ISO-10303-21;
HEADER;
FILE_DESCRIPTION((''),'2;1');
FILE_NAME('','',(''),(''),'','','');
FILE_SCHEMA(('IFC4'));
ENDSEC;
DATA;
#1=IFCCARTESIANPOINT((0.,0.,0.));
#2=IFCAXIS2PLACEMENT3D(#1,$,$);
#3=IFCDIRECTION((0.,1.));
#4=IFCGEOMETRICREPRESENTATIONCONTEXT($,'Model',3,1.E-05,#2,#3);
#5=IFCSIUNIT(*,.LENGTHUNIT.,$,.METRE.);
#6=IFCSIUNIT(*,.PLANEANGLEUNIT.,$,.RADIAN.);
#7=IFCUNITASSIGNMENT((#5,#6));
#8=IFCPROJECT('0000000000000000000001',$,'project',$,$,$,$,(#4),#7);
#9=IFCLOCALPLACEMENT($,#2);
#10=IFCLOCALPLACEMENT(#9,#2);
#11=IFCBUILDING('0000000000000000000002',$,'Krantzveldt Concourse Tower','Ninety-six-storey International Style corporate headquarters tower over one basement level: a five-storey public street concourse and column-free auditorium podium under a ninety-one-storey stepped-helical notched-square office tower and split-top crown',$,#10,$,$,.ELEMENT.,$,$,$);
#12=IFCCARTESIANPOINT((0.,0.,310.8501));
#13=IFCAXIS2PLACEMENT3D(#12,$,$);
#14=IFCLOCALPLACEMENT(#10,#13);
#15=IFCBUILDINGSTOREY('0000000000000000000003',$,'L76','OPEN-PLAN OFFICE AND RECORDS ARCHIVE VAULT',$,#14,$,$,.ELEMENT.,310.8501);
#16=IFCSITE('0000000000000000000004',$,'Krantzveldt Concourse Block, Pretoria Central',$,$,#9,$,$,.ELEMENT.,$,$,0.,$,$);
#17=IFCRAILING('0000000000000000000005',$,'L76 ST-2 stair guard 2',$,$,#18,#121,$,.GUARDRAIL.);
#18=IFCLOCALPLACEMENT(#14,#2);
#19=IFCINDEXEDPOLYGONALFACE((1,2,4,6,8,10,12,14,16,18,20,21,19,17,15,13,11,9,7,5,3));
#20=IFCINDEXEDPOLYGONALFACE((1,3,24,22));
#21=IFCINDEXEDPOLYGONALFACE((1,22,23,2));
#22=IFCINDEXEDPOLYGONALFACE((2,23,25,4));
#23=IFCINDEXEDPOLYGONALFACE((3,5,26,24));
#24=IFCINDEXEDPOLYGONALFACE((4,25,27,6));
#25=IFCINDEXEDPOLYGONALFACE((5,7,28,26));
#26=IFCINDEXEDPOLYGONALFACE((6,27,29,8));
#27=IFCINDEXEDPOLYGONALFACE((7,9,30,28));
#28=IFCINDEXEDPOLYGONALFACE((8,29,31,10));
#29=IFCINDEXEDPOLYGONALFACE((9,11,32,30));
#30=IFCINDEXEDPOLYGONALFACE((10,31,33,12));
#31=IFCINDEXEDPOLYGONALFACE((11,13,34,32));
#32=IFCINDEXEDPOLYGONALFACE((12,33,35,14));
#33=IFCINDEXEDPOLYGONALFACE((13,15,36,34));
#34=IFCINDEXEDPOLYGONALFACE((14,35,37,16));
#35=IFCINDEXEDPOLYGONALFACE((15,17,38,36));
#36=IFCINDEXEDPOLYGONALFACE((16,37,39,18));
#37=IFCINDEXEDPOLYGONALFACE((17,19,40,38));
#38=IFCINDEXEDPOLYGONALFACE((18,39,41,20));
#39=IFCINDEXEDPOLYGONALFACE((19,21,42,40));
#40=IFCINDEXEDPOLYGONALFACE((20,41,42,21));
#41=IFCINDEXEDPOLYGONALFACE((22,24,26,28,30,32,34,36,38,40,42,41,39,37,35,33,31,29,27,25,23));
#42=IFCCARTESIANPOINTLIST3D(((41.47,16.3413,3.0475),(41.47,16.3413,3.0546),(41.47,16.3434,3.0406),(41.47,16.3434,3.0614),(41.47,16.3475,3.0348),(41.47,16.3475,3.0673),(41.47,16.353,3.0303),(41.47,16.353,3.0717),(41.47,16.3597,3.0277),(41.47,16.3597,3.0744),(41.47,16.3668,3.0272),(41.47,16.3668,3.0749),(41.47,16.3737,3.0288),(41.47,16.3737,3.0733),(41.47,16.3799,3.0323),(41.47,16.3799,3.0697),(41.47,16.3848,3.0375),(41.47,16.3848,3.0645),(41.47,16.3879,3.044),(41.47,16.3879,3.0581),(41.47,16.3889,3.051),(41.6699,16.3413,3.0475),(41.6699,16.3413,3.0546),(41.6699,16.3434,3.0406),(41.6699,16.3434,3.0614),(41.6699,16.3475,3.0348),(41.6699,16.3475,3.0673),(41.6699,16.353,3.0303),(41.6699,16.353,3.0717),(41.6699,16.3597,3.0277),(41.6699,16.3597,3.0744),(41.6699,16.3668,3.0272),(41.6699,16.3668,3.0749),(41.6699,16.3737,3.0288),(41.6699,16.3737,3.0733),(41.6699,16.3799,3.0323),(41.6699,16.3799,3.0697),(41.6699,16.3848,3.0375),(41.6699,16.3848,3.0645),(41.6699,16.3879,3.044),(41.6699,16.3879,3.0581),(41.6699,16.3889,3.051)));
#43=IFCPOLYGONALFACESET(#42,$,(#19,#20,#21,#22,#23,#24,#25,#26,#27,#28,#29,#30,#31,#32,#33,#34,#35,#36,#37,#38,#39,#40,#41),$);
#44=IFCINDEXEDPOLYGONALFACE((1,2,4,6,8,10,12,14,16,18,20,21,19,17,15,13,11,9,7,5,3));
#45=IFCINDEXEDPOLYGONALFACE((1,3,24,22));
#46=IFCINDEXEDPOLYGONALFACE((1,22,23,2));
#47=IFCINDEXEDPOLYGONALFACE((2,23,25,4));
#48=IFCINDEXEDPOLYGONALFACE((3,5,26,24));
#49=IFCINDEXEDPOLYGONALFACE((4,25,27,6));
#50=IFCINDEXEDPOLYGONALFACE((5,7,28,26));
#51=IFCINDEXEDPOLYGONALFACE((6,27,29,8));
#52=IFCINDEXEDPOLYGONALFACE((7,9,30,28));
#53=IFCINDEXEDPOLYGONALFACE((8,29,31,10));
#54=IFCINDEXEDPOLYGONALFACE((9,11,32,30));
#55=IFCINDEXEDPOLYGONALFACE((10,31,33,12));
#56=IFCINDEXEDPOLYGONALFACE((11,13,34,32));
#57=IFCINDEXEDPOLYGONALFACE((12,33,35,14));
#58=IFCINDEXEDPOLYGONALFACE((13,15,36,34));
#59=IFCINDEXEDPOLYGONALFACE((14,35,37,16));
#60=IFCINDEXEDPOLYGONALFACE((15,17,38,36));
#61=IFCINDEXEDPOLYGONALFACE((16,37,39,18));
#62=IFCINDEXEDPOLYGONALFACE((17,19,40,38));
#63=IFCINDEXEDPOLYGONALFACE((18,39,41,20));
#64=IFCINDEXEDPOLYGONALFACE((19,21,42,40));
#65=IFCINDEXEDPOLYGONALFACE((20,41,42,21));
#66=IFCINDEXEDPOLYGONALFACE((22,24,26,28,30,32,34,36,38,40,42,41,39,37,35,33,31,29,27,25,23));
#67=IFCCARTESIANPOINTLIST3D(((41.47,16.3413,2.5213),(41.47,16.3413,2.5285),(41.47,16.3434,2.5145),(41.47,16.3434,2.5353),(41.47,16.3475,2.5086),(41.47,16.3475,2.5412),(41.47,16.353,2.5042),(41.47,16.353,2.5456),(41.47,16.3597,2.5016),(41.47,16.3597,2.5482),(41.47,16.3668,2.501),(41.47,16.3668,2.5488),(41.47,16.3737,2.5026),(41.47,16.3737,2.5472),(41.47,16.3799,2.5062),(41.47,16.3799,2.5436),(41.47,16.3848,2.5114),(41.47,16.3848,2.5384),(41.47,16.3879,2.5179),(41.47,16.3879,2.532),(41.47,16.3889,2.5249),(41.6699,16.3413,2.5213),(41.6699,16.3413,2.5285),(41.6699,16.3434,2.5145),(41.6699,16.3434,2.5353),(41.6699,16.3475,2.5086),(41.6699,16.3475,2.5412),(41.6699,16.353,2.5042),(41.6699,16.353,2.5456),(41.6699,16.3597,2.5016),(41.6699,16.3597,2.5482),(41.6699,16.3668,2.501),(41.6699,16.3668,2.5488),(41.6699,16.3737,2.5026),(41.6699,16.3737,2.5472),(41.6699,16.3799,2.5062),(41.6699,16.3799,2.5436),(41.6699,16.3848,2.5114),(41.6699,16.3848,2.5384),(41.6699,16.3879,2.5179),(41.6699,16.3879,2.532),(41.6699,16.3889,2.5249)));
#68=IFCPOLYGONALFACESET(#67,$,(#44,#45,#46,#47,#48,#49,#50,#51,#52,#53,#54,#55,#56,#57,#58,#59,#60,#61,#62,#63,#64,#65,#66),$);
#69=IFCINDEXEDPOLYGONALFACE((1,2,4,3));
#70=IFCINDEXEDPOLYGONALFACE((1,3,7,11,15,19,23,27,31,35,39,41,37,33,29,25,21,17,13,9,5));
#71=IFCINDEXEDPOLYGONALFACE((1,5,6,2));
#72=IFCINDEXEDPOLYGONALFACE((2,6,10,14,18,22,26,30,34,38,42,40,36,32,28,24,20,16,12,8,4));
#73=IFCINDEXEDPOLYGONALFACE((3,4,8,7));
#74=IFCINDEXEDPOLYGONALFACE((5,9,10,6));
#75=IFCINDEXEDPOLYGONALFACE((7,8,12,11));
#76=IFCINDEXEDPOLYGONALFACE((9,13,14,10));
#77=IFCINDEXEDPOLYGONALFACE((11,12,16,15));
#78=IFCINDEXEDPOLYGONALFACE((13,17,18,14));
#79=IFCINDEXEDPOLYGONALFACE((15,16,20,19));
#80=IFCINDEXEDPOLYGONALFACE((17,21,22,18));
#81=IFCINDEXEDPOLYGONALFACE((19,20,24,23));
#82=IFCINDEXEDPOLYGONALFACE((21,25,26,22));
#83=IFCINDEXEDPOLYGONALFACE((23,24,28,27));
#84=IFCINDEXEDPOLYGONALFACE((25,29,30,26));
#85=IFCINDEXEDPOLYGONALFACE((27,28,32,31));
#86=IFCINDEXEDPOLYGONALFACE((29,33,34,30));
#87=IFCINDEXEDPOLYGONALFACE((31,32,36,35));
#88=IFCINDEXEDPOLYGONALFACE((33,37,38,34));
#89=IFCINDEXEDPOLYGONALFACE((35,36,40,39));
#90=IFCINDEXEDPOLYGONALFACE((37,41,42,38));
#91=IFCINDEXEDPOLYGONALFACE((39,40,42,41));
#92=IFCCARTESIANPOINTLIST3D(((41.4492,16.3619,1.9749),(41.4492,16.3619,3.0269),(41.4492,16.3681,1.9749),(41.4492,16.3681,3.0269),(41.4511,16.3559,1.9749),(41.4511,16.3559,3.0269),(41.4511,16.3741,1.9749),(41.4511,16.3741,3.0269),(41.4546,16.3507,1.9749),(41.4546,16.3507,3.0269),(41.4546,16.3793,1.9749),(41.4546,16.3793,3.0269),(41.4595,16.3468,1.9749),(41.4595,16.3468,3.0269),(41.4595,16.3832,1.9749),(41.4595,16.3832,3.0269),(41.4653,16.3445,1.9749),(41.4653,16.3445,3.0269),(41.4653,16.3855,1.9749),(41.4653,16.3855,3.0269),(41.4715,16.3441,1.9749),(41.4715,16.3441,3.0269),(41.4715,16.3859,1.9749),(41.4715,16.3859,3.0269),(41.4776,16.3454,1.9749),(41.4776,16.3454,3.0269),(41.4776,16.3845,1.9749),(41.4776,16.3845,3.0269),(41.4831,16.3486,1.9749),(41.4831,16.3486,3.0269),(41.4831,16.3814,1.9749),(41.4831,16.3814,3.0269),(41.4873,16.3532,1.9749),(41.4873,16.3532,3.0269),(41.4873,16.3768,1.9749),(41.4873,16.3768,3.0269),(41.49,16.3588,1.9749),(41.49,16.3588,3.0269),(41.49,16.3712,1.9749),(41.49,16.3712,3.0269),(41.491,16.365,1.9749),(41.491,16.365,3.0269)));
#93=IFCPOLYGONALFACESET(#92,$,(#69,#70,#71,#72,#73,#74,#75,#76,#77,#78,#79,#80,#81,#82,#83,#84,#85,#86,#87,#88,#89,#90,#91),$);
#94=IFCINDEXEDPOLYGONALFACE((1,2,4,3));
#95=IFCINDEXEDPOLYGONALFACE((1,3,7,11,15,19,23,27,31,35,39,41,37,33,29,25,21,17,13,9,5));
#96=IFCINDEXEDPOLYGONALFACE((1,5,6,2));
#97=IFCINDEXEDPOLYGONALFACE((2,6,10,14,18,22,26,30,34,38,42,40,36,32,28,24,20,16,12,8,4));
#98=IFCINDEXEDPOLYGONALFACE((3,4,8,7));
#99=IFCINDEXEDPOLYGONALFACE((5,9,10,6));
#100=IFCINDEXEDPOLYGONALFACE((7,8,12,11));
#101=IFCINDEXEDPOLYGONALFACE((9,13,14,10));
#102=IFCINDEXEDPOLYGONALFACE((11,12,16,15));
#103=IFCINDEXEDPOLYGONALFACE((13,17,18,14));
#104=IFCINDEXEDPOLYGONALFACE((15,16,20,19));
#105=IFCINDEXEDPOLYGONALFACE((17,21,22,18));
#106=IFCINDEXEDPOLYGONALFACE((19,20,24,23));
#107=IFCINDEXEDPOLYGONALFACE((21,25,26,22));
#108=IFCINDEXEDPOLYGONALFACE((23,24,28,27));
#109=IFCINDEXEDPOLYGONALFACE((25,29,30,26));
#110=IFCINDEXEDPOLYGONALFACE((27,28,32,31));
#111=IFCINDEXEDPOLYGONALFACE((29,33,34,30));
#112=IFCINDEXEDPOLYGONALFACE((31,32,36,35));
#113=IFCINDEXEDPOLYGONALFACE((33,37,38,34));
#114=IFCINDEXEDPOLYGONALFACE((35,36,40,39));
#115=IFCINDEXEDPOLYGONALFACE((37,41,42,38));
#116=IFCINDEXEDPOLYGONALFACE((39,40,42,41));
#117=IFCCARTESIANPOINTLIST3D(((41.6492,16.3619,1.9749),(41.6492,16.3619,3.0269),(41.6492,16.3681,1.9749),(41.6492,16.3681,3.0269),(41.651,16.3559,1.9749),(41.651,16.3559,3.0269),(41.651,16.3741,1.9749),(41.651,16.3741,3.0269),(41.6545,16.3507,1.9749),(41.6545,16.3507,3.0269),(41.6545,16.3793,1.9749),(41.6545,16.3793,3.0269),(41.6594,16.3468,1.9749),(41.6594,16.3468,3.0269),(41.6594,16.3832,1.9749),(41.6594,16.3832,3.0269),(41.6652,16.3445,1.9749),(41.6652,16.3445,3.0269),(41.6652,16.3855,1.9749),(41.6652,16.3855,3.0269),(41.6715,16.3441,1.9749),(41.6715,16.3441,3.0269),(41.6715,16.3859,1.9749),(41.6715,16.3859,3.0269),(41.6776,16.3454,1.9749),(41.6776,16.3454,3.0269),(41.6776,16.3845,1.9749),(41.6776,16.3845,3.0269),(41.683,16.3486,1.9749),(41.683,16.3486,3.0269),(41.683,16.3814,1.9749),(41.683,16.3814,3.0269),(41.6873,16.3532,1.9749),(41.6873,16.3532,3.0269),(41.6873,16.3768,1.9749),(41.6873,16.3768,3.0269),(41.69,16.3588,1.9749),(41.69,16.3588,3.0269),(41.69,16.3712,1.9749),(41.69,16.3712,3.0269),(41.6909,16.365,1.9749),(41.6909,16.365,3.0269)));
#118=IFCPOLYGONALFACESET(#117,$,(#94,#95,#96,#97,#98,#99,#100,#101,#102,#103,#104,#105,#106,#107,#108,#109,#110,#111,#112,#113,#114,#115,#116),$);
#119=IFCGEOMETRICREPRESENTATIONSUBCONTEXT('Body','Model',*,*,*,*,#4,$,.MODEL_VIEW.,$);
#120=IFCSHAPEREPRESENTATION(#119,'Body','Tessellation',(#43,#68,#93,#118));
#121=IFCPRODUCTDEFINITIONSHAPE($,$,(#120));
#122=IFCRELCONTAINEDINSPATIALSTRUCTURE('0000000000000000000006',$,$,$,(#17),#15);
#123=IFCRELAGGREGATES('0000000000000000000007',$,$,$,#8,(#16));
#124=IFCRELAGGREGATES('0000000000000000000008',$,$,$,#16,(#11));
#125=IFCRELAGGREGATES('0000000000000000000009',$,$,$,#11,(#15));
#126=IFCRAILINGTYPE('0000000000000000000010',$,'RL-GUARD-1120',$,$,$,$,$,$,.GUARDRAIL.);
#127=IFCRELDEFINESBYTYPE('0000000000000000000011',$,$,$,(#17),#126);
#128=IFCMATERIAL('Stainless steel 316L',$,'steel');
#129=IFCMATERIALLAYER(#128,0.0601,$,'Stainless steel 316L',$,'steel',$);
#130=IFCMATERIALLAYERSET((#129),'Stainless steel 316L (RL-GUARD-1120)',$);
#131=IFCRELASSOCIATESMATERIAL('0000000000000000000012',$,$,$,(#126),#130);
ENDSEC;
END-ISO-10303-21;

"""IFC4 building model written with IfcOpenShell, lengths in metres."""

from ifc_helpers import new_model, si_unit, direction, frame, origin, origin_2d, place, context, subcontext, project, spatial, circle, extrude, material, layer, layer_set, type_object, element, save


model = new_model("IFC4")

# Units and contexts
model_context = context("Model", 3, precision=1e-05, world=origin(), true_north=direction((0.0, 1.0)))
body_context = subcontext(model_context, "Body", "Model", "MODEL_VIEW")
ifc_project = project(units=[si_unit("LENGTHUNIT", "METRE"), si_unit("PLANEANGLEUNIT", "RADIAN")], contexts=[model_context])

# Site, building, storey
site_placement = place(None, origin())
site = spatial("IfcSite", under=ifc_project, at=site_placement, Name="Krantzveldt Concourse Block, Pretoria Central", CompositionType="ELEMENT", RefElevation=0.0)
building_placement = place(site_placement, origin())
building = spatial("IfcBuilding", under=site, at=building_placement, Name="Krantzveldt Concourse Tower", Description="Ninety-six-storey International Style corporate headquarters tower over one basement level: a five-storey public street concourse and column-free auditorium podium under a ninety-one-storey stepped-helical notched-square office tower and split-top crown", CompositionType="ELEMENT")
storey_placement = place(building_placement, frame((0.0, 0.0, 310.8501)))
storey = spatial("IfcBuildingStorey", under=building, at=storey_placement, Name="L76", Description="OPEN-PLAN OFFICE AND RECORDS ARCHIVE VAULT", CompositionType="ELEMENT", Elevation=310.8501)

# Shared definitions
ifc_material_1 = material(Name="Stainless steel 316L", Category="steel")

# Railing
ifc_layer_1 = layer(ifc_material_1, 0.0601, Name="Stainless steel 316L", Category="steel")
ifc_layer_set_1 = layer_set([ifc_layer_1], Name="Stainless steel 316L (RL-GUARD-1120)")
railing_type_1 = type_object("IfcRailingType", Name="RL-GUARD-1120", PredefinedType="GUARDRAIL", material=ifc_layer_set_1)
railing_1_placement = place(storey_placement, frame((41.47, 16.365, 1.9749)))
element("IfcRailing", 1, at=railing_1_placement, inside=storey, type_object=railing_type_1, Name="L76 ST-2 stair guard 2", PredefinedType="GUARDRAIL", context=body_context, shape_type="SweptSolid", body=[
    extrude(circle(Radius=0.0239, at=origin_2d()), frame((0.0, 0.0, 1.0762), z_axis=(1.0, 0.0, 0.0), x_axis=(0.0, 1.0, 0.0)), (0.0, 0.0, 1.0), 0.2),
    extrude(circle(Radius=0.0239, at=origin_2d()), frame((0.0, 0.0, 0.55), z_axis=(1.0, 0.0, 0.0), x_axis=(0.0, 1.0, 0.0)), (0.0, 0.0, 1.0), 0.2),
    extrude(circle(Radius=0.021, at=origin_2d()), origin(), (0.0, 0.0, 1.0), 1.052),
    extrude(circle(Radius=0.021, at=origin_2d()), frame((0.2, 0.0, 0.0)), (0.0, 0.0, 1.0), 1.052),
])

save(model, "model.ifc")
